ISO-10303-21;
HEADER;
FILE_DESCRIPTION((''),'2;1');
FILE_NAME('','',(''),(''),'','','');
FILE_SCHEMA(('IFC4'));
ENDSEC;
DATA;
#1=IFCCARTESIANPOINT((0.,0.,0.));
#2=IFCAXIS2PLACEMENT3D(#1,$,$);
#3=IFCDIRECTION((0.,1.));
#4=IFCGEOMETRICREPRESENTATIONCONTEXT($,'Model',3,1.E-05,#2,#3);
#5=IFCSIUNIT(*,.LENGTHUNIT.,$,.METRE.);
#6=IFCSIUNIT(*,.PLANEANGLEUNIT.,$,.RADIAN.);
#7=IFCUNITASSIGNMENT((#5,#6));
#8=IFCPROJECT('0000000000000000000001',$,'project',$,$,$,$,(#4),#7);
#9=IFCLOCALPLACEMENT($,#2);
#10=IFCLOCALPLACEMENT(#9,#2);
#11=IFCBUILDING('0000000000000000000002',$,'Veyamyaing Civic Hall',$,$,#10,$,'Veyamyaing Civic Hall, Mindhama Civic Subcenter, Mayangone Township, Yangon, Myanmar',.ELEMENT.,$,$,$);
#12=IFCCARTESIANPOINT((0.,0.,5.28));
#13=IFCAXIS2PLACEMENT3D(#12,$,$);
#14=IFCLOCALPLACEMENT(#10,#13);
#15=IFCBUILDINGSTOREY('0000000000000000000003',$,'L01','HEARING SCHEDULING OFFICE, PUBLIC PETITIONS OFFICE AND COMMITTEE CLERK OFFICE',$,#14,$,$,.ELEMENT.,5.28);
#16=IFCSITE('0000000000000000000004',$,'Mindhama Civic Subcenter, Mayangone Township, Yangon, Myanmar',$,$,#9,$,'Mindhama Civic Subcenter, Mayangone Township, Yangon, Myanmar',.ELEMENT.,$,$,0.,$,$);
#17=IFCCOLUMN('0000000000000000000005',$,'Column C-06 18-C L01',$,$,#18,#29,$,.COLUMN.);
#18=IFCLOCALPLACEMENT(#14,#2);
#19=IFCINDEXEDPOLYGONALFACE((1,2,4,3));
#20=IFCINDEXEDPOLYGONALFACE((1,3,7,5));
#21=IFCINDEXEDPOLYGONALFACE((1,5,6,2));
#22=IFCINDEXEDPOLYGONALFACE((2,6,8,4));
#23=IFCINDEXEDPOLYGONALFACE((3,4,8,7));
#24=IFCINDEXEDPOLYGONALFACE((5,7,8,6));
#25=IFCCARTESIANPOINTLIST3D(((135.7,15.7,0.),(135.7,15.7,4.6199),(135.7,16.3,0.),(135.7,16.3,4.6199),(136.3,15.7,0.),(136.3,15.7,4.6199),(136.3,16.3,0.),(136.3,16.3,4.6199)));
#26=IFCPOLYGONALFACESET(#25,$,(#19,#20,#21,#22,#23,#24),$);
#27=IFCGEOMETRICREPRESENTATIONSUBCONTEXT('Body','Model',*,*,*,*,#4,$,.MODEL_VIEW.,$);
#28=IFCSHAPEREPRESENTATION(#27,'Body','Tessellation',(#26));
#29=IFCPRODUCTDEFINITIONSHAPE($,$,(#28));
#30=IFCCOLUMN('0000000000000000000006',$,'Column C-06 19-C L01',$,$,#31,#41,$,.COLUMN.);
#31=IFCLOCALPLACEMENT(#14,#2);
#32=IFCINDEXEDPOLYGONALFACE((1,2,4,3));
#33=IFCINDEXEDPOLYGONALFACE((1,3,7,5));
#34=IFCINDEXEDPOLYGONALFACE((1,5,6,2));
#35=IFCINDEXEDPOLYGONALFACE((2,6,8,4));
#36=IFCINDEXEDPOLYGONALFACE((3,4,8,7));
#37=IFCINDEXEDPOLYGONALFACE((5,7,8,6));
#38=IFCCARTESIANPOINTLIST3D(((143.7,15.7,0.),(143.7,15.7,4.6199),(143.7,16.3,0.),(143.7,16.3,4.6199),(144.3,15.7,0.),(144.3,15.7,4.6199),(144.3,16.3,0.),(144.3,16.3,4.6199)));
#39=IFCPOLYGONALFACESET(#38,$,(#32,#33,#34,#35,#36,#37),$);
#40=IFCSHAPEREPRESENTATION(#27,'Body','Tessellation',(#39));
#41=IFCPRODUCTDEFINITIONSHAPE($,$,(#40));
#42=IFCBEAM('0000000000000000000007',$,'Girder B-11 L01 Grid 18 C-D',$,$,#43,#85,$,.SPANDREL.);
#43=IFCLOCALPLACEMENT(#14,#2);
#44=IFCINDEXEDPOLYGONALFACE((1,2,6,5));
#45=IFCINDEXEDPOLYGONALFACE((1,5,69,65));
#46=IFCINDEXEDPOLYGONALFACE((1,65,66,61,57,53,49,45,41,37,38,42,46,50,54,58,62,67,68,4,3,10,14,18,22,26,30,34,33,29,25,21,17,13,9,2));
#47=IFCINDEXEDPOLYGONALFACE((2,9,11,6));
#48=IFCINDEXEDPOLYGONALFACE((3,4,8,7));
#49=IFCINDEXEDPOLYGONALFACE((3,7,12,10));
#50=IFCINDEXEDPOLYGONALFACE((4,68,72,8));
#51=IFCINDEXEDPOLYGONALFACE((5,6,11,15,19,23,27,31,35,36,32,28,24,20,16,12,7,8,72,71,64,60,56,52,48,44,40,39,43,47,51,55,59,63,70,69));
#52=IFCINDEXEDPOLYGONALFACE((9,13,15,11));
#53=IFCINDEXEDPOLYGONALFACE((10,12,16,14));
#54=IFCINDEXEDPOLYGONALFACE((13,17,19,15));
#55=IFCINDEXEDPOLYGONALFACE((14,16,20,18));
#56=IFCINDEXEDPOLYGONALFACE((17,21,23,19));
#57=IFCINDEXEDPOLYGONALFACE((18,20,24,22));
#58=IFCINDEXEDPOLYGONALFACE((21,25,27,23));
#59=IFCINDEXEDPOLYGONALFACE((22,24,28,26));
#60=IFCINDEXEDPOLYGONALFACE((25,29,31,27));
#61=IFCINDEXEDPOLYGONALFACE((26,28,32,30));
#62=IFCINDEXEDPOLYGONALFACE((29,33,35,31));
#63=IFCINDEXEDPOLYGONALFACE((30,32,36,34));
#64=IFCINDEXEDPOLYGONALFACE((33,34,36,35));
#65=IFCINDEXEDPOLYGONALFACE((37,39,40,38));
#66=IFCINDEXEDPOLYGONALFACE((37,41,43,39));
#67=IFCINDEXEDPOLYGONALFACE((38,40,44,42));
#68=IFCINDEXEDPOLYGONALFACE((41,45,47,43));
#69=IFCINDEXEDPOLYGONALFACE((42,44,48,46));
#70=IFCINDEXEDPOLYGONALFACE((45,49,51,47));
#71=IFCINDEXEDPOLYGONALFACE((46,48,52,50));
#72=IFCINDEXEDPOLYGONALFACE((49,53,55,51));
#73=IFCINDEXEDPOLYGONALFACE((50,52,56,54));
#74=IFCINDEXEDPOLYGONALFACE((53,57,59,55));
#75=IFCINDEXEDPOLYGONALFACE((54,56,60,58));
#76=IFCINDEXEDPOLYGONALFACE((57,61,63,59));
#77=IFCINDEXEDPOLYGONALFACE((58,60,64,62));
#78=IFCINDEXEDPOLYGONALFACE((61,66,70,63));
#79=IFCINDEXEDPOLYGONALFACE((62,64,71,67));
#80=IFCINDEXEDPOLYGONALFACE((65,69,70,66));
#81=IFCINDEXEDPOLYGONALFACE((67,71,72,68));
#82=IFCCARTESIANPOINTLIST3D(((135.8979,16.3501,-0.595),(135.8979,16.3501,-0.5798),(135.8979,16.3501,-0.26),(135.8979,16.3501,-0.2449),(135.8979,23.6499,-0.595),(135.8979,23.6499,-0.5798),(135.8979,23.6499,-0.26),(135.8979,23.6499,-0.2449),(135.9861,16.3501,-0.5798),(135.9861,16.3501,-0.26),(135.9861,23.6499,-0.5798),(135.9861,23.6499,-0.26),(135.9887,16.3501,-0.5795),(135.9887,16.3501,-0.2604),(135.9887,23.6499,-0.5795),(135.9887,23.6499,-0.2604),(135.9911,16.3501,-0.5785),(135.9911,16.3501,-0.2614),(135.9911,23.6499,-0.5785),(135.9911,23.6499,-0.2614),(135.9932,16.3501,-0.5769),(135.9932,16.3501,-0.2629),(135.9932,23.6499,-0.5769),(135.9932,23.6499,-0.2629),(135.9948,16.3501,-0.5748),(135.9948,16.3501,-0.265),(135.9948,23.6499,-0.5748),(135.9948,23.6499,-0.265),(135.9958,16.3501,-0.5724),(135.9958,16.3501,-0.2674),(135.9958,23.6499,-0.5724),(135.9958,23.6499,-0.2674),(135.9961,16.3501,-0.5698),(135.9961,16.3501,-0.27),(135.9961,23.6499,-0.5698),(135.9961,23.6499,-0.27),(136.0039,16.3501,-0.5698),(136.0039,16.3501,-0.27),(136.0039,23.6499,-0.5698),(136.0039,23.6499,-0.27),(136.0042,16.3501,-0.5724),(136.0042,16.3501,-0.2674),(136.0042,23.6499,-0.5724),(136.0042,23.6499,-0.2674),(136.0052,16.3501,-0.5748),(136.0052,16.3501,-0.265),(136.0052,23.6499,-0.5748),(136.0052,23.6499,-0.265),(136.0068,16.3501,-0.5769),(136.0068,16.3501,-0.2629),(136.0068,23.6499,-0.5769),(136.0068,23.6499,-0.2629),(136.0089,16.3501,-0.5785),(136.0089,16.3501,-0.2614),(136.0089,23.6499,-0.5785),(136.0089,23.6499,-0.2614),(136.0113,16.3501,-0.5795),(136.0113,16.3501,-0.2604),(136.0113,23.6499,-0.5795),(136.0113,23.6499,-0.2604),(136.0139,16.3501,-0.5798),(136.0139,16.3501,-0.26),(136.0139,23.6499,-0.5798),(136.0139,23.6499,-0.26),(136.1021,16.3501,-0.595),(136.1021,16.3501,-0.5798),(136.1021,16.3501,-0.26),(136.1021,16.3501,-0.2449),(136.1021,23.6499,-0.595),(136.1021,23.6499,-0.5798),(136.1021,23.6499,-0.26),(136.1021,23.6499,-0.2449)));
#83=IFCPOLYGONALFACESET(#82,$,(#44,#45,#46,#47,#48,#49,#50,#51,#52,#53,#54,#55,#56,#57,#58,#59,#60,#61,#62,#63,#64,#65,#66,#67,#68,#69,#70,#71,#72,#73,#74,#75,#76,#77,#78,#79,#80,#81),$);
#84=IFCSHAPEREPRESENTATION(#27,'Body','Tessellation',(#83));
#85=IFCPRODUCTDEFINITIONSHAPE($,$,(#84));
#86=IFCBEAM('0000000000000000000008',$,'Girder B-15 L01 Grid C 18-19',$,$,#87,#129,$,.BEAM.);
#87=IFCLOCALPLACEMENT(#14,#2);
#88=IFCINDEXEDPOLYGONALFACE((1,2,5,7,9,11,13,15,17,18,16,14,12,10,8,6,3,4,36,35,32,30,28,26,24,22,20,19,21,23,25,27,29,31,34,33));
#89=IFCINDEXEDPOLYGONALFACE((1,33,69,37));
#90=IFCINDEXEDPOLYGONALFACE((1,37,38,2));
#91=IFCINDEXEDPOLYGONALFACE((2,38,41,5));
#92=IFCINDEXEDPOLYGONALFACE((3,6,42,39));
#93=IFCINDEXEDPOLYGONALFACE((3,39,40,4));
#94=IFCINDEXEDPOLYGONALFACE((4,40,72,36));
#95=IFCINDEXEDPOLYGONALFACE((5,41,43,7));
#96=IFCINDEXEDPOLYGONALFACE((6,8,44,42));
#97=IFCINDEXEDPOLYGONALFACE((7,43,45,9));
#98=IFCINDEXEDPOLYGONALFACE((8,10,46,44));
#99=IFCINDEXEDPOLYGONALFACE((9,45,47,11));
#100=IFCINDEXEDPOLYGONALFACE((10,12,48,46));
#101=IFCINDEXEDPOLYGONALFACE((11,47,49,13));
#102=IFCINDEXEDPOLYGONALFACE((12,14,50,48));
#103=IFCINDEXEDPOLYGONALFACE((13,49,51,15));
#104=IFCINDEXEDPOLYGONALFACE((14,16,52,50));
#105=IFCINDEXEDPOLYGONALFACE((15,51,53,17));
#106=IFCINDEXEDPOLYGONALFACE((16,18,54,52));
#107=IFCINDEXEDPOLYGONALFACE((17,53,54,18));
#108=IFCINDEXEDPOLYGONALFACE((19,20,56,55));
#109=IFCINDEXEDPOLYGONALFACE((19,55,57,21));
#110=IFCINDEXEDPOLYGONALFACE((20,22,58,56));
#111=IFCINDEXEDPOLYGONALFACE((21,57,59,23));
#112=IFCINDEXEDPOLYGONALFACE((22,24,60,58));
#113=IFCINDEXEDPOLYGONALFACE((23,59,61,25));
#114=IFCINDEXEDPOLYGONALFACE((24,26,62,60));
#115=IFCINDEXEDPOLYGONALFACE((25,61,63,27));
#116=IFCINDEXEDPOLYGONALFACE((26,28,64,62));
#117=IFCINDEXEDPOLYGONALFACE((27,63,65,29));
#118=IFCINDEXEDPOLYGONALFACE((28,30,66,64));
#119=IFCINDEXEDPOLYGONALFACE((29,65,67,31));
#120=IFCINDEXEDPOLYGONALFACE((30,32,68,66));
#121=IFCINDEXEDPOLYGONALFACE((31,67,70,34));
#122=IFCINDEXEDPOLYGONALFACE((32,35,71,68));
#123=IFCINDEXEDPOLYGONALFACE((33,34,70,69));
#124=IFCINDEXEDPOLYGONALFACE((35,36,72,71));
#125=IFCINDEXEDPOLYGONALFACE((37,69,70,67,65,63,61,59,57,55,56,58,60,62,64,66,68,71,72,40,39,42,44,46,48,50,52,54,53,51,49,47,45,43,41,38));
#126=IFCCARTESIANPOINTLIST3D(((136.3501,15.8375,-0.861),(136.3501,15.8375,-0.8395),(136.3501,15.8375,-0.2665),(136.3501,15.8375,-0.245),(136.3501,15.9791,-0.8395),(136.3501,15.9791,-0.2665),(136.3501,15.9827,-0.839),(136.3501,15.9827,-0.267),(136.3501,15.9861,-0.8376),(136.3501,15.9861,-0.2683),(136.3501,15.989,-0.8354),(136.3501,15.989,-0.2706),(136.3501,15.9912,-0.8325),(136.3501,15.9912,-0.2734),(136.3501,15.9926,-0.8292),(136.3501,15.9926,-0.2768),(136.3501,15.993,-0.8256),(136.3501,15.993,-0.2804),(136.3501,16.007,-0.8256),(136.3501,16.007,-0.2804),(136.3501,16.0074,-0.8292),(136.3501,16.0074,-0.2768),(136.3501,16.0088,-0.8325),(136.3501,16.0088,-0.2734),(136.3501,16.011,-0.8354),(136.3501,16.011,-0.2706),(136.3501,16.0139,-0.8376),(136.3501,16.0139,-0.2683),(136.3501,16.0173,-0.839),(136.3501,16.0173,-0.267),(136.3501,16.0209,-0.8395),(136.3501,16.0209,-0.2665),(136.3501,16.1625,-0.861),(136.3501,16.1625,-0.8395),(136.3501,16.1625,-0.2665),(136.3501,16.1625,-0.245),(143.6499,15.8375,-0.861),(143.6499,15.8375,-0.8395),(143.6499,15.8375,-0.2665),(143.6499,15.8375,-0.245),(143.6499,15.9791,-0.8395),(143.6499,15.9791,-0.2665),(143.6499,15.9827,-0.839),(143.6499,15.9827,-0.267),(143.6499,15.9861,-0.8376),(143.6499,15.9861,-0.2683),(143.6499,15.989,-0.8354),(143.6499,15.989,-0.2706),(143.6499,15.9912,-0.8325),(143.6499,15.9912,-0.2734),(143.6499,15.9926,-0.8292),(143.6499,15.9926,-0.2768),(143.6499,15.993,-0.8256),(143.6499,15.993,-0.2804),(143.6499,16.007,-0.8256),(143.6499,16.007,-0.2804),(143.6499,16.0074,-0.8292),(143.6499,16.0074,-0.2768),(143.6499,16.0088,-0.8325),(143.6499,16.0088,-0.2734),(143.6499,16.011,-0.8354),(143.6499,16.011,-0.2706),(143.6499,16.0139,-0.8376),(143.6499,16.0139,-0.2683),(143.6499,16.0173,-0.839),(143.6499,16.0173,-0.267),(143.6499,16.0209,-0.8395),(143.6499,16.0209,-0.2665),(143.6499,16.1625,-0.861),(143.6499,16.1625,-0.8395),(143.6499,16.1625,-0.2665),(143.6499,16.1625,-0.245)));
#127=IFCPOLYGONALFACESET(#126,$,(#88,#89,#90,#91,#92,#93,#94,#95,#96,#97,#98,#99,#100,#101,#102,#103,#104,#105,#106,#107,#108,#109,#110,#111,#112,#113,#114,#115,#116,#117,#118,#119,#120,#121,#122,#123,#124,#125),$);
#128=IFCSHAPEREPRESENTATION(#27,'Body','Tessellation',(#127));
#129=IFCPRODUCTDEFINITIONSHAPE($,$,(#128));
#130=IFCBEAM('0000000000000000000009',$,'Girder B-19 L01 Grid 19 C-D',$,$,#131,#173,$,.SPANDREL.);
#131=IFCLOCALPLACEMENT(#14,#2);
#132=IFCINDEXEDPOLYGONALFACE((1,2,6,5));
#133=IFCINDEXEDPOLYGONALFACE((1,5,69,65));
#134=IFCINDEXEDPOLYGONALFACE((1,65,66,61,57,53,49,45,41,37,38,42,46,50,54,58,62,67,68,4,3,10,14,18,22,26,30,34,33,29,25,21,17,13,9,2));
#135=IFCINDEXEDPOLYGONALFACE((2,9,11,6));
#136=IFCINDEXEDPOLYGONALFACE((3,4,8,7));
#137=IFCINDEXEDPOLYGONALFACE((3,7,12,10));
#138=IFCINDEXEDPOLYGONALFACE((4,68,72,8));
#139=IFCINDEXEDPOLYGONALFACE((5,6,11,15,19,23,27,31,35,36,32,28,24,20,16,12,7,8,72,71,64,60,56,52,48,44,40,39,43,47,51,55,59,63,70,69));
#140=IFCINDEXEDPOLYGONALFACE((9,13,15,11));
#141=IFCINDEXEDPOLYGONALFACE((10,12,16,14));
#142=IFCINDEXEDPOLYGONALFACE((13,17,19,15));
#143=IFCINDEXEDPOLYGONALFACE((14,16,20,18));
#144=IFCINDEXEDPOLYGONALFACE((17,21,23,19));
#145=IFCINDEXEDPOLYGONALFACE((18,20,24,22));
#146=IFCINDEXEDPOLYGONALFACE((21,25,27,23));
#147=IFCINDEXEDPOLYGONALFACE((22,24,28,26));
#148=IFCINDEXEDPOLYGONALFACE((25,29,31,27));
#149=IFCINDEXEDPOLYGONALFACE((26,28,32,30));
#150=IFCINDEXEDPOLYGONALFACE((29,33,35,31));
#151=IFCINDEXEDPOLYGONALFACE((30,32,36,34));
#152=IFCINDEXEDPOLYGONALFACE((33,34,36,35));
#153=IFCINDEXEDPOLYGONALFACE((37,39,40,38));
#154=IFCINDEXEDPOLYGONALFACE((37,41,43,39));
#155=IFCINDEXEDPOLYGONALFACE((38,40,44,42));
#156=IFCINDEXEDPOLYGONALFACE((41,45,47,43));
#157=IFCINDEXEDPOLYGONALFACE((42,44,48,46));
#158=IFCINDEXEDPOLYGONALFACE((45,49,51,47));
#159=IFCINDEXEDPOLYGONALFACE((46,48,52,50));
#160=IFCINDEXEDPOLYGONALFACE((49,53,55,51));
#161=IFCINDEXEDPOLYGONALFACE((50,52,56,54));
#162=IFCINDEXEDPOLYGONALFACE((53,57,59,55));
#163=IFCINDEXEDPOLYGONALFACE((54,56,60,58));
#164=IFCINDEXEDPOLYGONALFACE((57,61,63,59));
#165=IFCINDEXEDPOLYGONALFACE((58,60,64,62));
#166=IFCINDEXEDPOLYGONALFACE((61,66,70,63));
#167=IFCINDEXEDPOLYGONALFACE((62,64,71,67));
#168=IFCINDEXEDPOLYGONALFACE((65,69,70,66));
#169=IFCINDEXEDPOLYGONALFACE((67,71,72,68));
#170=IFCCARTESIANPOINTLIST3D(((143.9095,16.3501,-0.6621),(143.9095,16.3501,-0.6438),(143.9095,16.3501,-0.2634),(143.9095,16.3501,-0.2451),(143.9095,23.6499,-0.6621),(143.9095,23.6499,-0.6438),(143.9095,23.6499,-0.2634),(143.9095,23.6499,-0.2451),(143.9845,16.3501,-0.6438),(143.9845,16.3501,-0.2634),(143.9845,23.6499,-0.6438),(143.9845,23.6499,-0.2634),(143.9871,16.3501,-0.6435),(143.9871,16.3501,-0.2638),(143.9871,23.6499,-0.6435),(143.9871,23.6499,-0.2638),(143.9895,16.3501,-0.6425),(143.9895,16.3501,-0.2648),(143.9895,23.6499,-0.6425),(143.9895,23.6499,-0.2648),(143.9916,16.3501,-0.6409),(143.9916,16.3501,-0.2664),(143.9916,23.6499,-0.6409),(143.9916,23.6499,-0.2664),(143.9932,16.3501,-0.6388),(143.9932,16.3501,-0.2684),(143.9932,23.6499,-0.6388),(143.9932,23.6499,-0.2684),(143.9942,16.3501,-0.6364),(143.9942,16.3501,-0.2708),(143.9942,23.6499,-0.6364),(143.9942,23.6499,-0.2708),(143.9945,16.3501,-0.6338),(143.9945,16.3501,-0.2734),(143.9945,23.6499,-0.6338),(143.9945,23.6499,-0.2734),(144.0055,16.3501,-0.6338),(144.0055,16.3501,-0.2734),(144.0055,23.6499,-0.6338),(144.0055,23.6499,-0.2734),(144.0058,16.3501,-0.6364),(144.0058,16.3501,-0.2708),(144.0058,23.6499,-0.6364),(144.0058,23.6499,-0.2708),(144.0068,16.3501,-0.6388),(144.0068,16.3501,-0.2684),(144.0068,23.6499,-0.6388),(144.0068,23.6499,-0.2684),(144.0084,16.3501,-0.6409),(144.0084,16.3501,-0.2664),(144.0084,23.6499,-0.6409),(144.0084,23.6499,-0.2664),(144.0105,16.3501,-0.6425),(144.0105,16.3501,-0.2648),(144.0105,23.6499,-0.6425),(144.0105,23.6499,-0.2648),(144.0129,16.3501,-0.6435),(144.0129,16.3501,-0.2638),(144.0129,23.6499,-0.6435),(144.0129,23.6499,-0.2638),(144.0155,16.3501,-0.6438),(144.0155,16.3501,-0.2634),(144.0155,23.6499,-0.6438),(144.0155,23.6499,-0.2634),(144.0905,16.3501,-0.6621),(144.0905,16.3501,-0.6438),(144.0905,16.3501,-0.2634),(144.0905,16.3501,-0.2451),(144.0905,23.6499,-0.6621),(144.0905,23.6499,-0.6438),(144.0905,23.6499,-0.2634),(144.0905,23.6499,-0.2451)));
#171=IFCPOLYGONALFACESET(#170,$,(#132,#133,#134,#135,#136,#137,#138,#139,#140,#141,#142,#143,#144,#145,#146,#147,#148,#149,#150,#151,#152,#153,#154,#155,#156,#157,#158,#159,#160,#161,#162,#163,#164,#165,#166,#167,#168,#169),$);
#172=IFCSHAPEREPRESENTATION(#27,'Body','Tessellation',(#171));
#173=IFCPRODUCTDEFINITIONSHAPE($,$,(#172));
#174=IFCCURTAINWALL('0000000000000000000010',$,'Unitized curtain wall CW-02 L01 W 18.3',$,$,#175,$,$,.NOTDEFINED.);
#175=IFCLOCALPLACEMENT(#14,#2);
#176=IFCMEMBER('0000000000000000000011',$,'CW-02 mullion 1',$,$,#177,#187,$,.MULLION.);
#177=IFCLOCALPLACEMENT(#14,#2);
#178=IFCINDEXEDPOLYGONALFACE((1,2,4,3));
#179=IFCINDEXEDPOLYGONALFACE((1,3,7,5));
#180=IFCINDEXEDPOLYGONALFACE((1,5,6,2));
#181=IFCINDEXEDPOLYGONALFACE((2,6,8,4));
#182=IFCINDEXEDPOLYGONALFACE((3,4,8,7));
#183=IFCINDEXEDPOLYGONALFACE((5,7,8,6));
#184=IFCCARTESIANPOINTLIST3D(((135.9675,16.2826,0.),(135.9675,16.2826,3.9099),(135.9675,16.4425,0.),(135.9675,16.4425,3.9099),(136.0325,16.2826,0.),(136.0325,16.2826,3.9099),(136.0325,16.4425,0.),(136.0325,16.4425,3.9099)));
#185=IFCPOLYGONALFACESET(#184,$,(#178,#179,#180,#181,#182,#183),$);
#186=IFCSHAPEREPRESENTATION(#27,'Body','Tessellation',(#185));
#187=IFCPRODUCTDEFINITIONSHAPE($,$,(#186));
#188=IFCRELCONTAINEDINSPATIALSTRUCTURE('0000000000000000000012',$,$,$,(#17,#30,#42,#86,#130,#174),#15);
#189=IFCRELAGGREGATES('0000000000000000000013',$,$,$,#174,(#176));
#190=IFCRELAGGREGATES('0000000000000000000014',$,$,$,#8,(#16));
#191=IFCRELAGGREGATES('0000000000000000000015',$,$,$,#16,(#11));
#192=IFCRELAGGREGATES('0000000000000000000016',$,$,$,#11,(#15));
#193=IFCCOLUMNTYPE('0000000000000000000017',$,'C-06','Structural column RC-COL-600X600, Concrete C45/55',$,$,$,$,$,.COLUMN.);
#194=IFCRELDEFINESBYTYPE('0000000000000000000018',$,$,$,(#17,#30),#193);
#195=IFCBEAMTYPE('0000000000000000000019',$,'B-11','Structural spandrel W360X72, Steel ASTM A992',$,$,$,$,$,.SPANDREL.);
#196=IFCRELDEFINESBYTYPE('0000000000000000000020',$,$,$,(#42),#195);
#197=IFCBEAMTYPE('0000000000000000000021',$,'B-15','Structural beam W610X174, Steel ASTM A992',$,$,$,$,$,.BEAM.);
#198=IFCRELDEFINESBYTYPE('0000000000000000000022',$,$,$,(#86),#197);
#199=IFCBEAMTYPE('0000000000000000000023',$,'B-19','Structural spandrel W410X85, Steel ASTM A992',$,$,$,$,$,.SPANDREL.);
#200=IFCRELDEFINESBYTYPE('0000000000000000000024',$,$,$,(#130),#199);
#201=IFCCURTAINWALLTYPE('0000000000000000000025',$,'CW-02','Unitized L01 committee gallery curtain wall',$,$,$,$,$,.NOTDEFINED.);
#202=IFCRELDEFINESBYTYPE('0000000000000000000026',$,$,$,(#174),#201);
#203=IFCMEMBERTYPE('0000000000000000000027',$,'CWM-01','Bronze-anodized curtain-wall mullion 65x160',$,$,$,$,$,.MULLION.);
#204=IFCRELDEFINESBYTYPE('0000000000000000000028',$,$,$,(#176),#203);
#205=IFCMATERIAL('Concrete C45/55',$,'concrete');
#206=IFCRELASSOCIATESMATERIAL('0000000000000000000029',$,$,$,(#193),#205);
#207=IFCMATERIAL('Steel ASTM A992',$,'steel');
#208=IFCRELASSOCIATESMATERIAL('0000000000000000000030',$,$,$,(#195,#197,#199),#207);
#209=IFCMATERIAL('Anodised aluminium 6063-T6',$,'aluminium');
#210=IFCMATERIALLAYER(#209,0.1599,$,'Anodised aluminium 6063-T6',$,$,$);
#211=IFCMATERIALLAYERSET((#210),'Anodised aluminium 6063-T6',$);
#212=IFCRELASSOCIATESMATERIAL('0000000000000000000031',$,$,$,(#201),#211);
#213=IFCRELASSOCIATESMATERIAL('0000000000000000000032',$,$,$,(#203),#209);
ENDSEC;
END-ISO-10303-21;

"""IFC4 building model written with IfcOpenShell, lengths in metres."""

from ifc_helpers import new_model, si_unit, direction, frame, origin, origin_2d, place, context, subcontext, project, spatial, rectangle, i_section, extrude, material, layer, layer_set, material_profile, profile_set, type_object, element, aggregate, save


model = new_model("IFC4")

# Units and contexts
model_context = context("Model", 3, precision=1e-05, world=origin(), true_north=direction((0.0, 1.0)))
body_context = subcontext(model_context, "Body", "Model", "MODEL_VIEW")
ifc_project = project(units=[si_unit("LENGTHUNIT", "METRE"), si_unit("PLANEANGLEUNIT", "RADIAN")], contexts=[model_context])

# Site, building, storey
site_placement = place(None, origin())
site = spatial("IfcSite", under=ifc_project, at=site_placement, Name="Mindhama Civic Subcenter, Mayangone Township, Yangon, Myanmar", LongName="Mindhama Civic Subcenter, Mayangone Township, Yangon, Myanmar", CompositionType="ELEMENT", RefElevation=0.0)
building_placement = place(site_placement, origin())
building = spatial("IfcBuilding", under=site, at=building_placement, Name="Veyamyaing Civic Hall", LongName="Veyamyaing Civic Hall, Mindhama Civic Subcenter, Mayangone Township, Yangon, Myanmar", CompositionType="ELEMENT")
storey_placement = place(building_placement, frame((0.0, 0.0, 5.28)))
storey = spatial("IfcBuildingStorey", under=building, at=storey_placement, Name="L01", Description="HEARING SCHEDULING OFFICE, PUBLIC PETITIONS OFFICE AND COMMITTEE CLERK OFFICE", CompositionType="ELEMENT", Elevation=5.28)

# Columns
ifc_material_1 = material(Name="Concrete C45/55", Category="concrete")
ifc_material_profile_1 = material_profile(ifc_material_1, rectangle(XDim=0.6001, YDim=0.6001, at=origin_2d()), Name="RC-COL-600X600")
ifc_profile_set_1 = profile_set([ifc_material_profile_1], Name="Concrete C45/55")
column_type = type_object("IfcColumnType", Name="C-06", Description="Structural column RC-COL-600X600, Concrete C45/55", PredefinedType="COLUMN", material=ifc_profile_set_1)
for number, where, z_axis, x_axis, name in (
    (1, (136.0, 16.0, 0.0), (0.0, 0.0, 1.0), (1.0, 0.0, 0.0), "Column C-06 18-C L01"),
    (2, (144.0, 16.0, 0.0), (0.0, 0.0, 1.0), (1.0, 0.0, 0.0), "Column C-06 19-C L01"),
):
    element("IfcColumn", number, at=place(storey_placement, frame(where, z_axis=z_axis, x_axis=x_axis)), inside=storey, type_object=column_type, Name=name, PredefinedType="COLUMN", context=body_context, shape_type="SweptSolid", body=[
        extrude(rectangle(XDim=0.6001, YDim=0.6001, at=origin_2d()), origin(), (0.0, 0.0, 1.0), 4.6199),
    ])

# Beams
ifc_material_2 = material(Name="Steel ASTM A992", Category="steel")
ifc_material_profile_2 = material_profile(ifc_material_2, i_section(OverallWidth=0.2041, OverallDepth=0.3501, WebThickness=0.0078, FlangeThickness=0.0151, FilletRadius=0.01, at=origin_2d()), Name="W360X72")
ifc_profile_set_2 = profile_set([ifc_material_profile_2], Name="Steel ASTM A992")
beam_type_1 = type_object("IfcBeamType", Name="B-11", Description="Structural spandrel W360X72, Steel ASTM A992", PredefinedType="SPANDREL", material=ifc_profile_set_2)
beam_1_placement = place(storey_placement, frame((136.0, 16.3501, -0.4199), z_axis=(0.0, 1.0, 0.0), x_axis=(-1.0, 0.0, 0.0)))
element("IfcBeam", 3, at=beam_1_placement, inside=storey, type_object=beam_type_1, Name="Girder B-11 L01 Grid 18 C-D", PredefinedType="SPANDREL", context=body_context, shape_type="SweptSolid", body=[
    extrude(i_section(OverallWidth=0.2041, OverallDepth=0.3501, WebThickness=0.0078, FlangeThickness=0.0151, FilletRadius=0.01, at=origin_2d()), origin(), (0.0, 0.0, 1.0), 7.2998),
])
ifc_material_profile_3 = material_profile(ifc_material_2, i_section(OverallWidth=0.325, OverallDepth=0.616, WebThickness=0.0139, FlangeThickness=0.0215, FilletRadius=0.0139, at=origin_2d()), Name="W610X174")
ifc_profile_set_3 = profile_set([ifc_material_profile_3], Name="Steel ASTM A992")
beam_type_2 = type_object("IfcBeamType", Name="B-15", Description="Structural beam W610X174, Steel ASTM A992", PredefinedType="BEAM", material=ifc_profile_set_3)
beam_2_placement = place(storey_placement, frame((136.3501, 16.0, -0.553), z_axis=(1.0, 0.0, 0.0), x_axis=(0.0, 1.0, 0.0)))
element("IfcBeam", 4, at=beam_2_placement, inside=storey, type_object=beam_type_2, Name="Girder B-15 L01 Grid C 18-19", PredefinedType="BEAM", context=body_context, shape_type="SweptSolid", body=[
    extrude(i_section(OverallWidth=0.325, OverallDepth=0.616, WebThickness=0.0139, FlangeThickness=0.0215, FilletRadius=0.0139, at=origin_2d()), origin(), (0.0, 0.0, 1.0), 7.2998),
])
ifc_material_profile_4 = material_profile(ifc_material_2, i_section(OverallWidth=0.1809, OverallDepth=0.417, WebThickness=0.011, FlangeThickness=0.0183, FilletRadius=0.01, at=origin_2d()), Name="W410X85")
ifc_profile_set_4 = profile_set([ifc_material_profile_4], Name="Steel ASTM A992")
beam_type_3 = type_object("IfcBeamType", Name="B-19", Description="Structural spandrel W410X85, Steel ASTM A992", PredefinedType="SPANDREL", material=ifc_profile_set_4)
beam_3_placement = place(storey_placement, frame((144.0, 16.3501, -0.4536), z_axis=(0.0, 1.0, 0.0), x_axis=(-1.0, 0.0, 0.0)))
element("IfcBeam", 5, at=beam_3_placement, inside=storey, type_object=beam_type_3, Name="Girder B-19 L01 Grid 19 C-D", PredefinedType="SPANDREL", context=body_context, shape_type="SweptSolid", body=[
    extrude(i_section(OverallWidth=0.1809, OverallDepth=0.417, WebThickness=0.011, FlangeThickness=0.0183, FilletRadius=0.01, at=origin_2d()), origin(), (0.0, 0.0, 1.0), 7.2998),
])

# Curtain wall, member
ifc_material_3 = material(Name="Anodised aluminium 6063-T6", Category="aluminium")
ifc_layer_1 = layer(ifc_material_3, 0.1599, Name="Anodised aluminium 6063-T6")
ifc_layer_set_1 = layer_set([ifc_layer_1], Name="Anodised aluminium 6063-T6")
curtain_wall_type = type_object("IfcCurtainWallType", Name="CW-02", Description="Unitized L01 committee gallery curtain wall", PredefinedType="NOTDEFINED", material=ifc_layer_set_1)
curtain_wall_1_placement = place(storey_placement, origin())
curtain_wall_1 = element("IfcCurtainWall", 6, at=curtain_wall_1_placement, inside=storey, type_object=curtain_wall_type, Name="Unitized curtain wall CW-02 L01 W 18.3", PredefinedType="NOTDEFINED")
ifc_material_profile_5 = material_profile(ifc_material_3, rectangle(XDim=0.0649, YDim=0.1599, at=origin_2d()), Name="ALU-MUL-65X160")
ifc_profile_set_5 = profile_set([ifc_material_profile_5], Name="Anodised aluminium 6063-T6")
member_type_1 = type_object("IfcMemberType", Name="CWM-01", Description="Bronze-anodized curtain-wall mullion 65x160", PredefinedType="MULLION", material=ifc_profile_set_5)
member_1_placement = place(storey_placement, frame((136.0, 16.3625, 0.0), z_axis=(0.0, 0.0, 1.0), x_axis=(-1.0, 0.0, 0.0)))
member_1 = element("IfcMember", 7, at=member_1_placement, type_object=member_type_1, Name="CW-02 mullion 1", PredefinedType="MULLION", context=body_context, shape_type="SweptSolid", body=[
    extrude(rectangle(XDim=0.0649, YDim=0.1599, at=origin_2d()), origin(), (0.0, 0.0, 1.0), 3.9099),
])

aggregate(curtain_wall_1, [member_1])

save(model, "model.ifc")
